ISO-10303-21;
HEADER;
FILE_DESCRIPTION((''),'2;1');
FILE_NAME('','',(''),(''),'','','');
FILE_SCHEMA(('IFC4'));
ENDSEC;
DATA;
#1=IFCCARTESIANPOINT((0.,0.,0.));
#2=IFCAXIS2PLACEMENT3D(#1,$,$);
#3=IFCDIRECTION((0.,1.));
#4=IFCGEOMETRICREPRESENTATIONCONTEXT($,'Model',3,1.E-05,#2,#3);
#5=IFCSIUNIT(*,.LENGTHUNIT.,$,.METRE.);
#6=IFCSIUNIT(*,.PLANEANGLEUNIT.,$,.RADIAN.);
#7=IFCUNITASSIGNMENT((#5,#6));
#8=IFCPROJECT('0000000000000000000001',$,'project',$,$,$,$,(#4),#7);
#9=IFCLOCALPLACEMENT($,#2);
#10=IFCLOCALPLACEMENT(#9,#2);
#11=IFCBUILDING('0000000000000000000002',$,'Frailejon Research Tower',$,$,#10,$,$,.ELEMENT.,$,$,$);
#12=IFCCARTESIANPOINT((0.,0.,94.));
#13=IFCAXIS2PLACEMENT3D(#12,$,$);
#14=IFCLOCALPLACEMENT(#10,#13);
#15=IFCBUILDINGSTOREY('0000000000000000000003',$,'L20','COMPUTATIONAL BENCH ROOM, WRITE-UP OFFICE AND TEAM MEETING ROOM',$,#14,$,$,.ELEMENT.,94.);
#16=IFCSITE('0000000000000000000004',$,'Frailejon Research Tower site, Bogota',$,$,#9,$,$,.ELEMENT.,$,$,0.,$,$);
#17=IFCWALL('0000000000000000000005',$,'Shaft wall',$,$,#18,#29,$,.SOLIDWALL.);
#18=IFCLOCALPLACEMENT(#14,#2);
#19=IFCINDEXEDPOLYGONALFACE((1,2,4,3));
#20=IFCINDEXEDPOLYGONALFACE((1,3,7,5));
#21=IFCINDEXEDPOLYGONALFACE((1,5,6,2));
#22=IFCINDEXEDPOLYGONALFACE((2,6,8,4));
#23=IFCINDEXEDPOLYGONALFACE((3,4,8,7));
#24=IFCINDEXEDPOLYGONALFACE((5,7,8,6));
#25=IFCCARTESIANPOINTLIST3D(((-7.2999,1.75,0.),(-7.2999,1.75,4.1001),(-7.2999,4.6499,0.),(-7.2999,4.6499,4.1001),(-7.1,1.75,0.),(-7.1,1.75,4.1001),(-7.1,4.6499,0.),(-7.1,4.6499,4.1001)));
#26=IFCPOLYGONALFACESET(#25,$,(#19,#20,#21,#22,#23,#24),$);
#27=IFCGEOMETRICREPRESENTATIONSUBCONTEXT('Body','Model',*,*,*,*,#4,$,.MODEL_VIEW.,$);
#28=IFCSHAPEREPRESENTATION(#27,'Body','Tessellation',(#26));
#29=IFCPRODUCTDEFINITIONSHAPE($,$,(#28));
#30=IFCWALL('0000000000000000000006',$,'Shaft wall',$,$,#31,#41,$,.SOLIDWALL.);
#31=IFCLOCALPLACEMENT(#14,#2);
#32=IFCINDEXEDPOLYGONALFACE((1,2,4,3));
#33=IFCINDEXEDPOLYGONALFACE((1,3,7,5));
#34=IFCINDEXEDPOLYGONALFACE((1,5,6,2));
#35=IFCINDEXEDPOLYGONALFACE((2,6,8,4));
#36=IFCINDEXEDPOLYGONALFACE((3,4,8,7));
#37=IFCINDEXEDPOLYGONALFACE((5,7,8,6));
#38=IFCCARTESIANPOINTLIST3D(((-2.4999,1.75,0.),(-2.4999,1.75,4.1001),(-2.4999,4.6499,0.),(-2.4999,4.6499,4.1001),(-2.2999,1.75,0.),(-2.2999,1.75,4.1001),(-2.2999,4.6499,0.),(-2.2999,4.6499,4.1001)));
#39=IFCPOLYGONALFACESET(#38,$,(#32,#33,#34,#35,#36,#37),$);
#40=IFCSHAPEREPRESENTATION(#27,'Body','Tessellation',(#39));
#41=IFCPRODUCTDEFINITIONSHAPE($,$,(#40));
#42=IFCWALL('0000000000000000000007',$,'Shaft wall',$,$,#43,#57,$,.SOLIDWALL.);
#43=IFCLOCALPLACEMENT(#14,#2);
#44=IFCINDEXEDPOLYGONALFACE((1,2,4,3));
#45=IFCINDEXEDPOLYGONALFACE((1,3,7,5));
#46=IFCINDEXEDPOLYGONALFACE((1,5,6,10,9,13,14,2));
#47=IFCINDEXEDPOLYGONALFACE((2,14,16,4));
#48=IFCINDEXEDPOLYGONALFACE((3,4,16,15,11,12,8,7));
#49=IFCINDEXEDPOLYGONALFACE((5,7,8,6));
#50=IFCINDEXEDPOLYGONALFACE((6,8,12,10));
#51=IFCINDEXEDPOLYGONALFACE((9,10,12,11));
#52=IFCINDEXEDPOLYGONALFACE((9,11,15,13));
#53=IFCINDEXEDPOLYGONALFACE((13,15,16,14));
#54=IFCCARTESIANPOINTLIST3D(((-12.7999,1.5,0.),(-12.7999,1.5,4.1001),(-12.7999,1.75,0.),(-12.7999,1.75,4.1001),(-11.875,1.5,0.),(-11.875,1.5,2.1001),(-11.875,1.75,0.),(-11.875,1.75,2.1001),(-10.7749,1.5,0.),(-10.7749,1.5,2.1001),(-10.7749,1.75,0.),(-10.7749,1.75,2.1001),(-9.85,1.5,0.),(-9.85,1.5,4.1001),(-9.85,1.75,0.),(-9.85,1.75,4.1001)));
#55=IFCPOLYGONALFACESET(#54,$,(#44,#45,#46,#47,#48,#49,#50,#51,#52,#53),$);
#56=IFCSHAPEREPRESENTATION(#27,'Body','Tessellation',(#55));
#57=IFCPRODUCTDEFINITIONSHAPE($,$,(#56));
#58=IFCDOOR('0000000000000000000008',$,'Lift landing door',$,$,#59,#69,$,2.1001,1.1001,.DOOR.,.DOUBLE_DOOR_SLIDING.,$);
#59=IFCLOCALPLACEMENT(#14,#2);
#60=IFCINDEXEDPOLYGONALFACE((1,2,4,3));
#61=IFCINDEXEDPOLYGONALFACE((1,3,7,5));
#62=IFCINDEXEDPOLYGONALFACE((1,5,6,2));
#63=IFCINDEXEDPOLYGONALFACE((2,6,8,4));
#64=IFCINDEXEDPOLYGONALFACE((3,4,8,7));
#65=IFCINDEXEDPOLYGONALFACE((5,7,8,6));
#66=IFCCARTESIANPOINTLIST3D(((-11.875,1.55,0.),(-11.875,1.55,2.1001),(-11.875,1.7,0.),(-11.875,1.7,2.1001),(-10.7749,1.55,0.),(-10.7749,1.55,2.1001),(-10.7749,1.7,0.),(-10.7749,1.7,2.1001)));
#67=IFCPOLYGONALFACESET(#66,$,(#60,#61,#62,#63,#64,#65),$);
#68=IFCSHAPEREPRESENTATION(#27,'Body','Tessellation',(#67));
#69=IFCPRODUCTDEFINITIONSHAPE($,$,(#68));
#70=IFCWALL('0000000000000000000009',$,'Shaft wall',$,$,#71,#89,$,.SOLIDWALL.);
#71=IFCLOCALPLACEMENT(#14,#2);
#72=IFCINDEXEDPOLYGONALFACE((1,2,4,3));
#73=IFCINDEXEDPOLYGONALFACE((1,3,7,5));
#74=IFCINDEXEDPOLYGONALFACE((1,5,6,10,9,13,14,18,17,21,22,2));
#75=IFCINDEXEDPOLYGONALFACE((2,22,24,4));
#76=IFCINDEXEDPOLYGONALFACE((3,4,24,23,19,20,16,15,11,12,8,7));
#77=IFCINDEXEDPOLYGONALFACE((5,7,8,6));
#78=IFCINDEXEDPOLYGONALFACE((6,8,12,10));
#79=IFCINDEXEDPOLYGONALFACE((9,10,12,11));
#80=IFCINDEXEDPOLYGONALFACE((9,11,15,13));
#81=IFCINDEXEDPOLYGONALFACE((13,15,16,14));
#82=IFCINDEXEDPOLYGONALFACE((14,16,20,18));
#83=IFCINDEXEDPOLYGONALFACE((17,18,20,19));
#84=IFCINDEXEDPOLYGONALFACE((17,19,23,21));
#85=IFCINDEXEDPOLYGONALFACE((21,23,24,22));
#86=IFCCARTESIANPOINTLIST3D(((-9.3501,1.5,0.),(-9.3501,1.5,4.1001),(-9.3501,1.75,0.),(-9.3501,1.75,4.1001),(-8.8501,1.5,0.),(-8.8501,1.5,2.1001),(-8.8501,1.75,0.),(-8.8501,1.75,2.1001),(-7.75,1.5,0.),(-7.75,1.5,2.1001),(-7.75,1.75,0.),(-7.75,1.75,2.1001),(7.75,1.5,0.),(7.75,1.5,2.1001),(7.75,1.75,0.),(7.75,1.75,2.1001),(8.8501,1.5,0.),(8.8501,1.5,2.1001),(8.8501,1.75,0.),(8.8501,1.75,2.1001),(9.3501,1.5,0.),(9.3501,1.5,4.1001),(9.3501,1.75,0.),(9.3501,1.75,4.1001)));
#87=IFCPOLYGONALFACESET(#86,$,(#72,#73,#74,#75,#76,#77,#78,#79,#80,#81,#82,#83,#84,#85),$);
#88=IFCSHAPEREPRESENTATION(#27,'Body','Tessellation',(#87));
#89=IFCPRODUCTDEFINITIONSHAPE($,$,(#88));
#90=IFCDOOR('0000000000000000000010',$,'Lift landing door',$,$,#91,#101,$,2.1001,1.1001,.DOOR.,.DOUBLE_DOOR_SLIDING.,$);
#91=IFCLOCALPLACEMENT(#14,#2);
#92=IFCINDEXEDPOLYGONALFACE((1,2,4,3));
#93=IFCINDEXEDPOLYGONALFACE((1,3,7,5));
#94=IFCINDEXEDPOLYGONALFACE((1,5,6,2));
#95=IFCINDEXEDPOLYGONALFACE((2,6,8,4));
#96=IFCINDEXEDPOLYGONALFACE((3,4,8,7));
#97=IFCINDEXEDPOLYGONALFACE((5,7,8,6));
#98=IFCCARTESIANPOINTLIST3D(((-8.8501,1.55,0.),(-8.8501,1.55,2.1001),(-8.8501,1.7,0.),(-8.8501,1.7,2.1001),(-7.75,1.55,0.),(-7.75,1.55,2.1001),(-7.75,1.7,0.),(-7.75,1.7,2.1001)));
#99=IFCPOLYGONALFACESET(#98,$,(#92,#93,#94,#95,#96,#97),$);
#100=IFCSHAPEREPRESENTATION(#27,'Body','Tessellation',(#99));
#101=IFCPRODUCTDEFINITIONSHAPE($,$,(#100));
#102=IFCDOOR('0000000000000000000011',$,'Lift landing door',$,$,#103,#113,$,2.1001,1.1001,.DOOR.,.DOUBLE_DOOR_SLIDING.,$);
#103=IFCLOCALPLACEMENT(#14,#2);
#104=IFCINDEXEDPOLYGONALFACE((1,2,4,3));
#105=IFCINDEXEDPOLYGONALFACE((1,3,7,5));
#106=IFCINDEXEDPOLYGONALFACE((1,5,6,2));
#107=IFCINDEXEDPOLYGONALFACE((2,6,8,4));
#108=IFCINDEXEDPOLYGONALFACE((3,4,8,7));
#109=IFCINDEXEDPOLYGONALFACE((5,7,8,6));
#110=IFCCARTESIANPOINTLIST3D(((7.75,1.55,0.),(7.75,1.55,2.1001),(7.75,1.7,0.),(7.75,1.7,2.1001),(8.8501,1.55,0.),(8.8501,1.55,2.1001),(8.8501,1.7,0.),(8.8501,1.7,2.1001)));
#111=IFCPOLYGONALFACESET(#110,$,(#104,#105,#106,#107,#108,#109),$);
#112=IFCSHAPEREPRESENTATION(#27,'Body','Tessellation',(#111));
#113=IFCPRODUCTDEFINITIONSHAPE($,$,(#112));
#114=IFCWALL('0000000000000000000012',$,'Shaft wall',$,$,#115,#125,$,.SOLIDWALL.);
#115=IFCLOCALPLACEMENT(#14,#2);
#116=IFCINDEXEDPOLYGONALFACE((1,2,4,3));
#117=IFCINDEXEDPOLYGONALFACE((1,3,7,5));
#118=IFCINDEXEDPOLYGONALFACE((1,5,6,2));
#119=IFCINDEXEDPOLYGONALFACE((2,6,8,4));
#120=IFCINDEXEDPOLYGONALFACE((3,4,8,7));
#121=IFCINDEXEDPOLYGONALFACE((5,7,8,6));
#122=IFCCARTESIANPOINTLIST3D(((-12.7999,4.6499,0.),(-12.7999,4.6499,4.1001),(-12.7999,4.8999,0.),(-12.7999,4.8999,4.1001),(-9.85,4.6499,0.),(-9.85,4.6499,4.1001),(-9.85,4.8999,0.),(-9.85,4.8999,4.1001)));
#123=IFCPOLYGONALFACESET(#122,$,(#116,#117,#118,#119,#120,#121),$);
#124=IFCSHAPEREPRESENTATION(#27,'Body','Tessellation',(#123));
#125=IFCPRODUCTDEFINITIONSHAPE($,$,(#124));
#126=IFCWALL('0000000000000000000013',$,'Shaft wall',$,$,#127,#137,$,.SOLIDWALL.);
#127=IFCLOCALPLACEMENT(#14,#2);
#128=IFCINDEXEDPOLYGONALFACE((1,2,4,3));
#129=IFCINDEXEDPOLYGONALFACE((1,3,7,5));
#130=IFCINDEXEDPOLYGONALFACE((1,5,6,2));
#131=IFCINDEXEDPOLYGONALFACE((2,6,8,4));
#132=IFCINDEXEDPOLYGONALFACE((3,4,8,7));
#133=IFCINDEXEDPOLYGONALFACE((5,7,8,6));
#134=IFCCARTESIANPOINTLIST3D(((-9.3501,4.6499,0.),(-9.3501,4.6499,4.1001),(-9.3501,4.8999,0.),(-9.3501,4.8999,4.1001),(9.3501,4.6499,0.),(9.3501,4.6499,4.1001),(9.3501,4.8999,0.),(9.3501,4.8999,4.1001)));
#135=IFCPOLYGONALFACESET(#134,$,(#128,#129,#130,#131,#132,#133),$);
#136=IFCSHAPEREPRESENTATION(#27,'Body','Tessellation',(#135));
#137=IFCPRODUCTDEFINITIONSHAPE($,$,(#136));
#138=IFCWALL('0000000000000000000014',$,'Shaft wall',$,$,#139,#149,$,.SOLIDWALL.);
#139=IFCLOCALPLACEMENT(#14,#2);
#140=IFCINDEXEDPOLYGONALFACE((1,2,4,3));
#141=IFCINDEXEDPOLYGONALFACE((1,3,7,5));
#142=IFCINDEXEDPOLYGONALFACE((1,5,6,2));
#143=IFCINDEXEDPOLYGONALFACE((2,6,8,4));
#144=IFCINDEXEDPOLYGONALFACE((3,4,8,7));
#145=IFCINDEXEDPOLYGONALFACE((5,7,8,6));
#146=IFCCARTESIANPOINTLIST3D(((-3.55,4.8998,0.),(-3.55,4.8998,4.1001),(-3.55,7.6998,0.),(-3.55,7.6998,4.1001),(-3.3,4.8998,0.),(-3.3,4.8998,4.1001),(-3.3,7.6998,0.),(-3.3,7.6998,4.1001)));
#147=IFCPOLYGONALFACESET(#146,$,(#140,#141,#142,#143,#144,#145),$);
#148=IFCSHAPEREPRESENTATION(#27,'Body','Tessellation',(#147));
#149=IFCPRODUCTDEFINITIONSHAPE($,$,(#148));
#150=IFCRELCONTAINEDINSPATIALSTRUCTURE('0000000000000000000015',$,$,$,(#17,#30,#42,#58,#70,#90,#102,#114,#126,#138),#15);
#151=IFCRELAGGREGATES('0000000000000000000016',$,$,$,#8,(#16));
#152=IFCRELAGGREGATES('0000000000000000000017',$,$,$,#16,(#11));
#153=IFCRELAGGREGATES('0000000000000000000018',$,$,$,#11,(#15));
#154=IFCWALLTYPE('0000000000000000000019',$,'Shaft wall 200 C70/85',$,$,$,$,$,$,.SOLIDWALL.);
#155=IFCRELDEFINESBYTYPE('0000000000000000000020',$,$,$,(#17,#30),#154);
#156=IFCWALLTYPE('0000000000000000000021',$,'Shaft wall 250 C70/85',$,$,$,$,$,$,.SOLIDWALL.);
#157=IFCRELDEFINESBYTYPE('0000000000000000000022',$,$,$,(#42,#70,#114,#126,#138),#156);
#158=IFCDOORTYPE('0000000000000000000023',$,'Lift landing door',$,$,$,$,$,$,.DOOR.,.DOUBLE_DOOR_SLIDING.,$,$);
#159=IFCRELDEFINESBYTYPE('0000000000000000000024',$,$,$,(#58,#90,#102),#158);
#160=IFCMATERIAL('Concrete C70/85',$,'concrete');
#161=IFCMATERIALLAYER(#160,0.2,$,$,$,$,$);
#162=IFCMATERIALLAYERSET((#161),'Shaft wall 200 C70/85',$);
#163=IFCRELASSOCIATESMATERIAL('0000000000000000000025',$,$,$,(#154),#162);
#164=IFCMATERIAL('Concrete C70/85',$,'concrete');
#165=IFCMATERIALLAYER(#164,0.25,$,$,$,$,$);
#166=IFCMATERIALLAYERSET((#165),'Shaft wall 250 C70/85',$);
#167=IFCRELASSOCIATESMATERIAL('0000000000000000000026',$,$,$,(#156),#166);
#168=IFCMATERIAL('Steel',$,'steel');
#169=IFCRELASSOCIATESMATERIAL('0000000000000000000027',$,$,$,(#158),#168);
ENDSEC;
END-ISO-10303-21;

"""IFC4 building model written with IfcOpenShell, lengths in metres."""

from ifc_helpers import new_model, si_unit, direction, frame, frame_2d, origin, place, context, subcontext, project, spatial, rectangle, extrude, material, layer, layer_set, type_object, element, fill, save


model = new_model("IFC4")

# Units and contexts
model_context = context("Model", 3, precision=1e-05, world=origin(), true_north=direction((0.0, 1.0)))
body_context = subcontext(model_context, "Body", "Model", "MODEL_VIEW")
ifc_project = project(units=[si_unit("LENGTHUNIT", "METRE"), si_unit("PLANEANGLEUNIT", "RADIAN")], contexts=[model_context])

# Site, building, storey
site_placement = place(None, origin())
site = spatial("IfcSite", under=ifc_project, at=site_placement, Name="Frailejon Research Tower site, Bogota", CompositionType="ELEMENT", RefElevation=0.0)
building_placement = place(site_placement, origin())
building = spatial("IfcBuilding", under=site, at=building_placement, Name="Frailejon Research Tower", CompositionType="ELEMENT")
storey_placement = place(building_placement, frame((0.0, 0.0, 94.0)))
storey = spatial("IfcBuildingStorey", under=building, at=storey_placement, Name="L20", Description="COMPUTATIONAL BENCH ROOM, WRITE-UP OFFICE AND TEAM MEETING ROOM", CompositionType="ELEMENT", Elevation=94.0)

# Walls
ifc_material_1 = material(Name="Concrete C70/85", Category="concrete")
ifc_layer_1 = layer(ifc_material_1, 0.2)
ifc_layer_set_1 = layer_set([ifc_layer_1], Name="Shaft wall 200 C70/85")
wall_type_1 = type_object("IfcWallType", Name="Shaft wall 200 C70/85", PredefinedType="SOLIDWALL", material=ifc_layer_set_1)
for number, where, z_axis, x_axis, name in (
    (1, (-7.2, 1.75, 0.0), (0.0, 0.0, 1.0), (0.0, 1.0, 0.0), "Shaft wall"),
    (2, (-2.3999, 1.75, 0.0), (0.0, 0.0, 1.0), (0.0, 1.0, 0.0), "Shaft wall"),
):
    element("IfcWall", number, at=place(storey_placement, frame(where, z_axis=z_axis, x_axis=x_axis)), inside=storey, type_object=wall_type_1, Name=name, PredefinedType="SOLIDWALL", context=body_context, shape_type="SweptSolid", body=[
        extrude(rectangle(XDim=2.8999, YDim=0.2, at=frame_2d((1.45, 0.0))), origin(), (0.0, 0.0, 1.0), 4.1001),
    ])

# Wall, opening, door
ifc_material_2 = material(Name="Concrete C70/85", Category="concrete")
ifc_layer_2 = layer(ifc_material_2, 0.25)
ifc_layer_set_2 = layer_set([ifc_layer_2], Name="Shaft wall 250 C70/85")
wall_type_2 = type_object("IfcWallType", Name="Shaft wall 250 C70/85", PredefinedType="SOLIDWALL", material=ifc_layer_set_2)
wall_1_placement = place(storey_placement, frame((-12.8, 1.625, 0.0), z_axis=(0.0, 0.0, 1.0), x_axis=(1.0, 0.0, 0.0)))
wall_1 = element("IfcWall", 3, at=wall_1_placement, inside=storey, type_object=wall_type_2, Name="Shaft wall", PredefinedType="SOLIDWALL", context=body_context, shape_type="SweptSolid", body=[
    extrude(rectangle(XDim=2.95, YDim=0.25, at=frame_2d((1.4751, 0.0))), origin(), (0.0, 0.0, 1.0), 4.1001),
])
opening_1_placement = place(wall_1_placement, frame((0.925, 0.0, 0.0)))
opening_1 = element("IfcOpeningElement", 4, at=opening_1_placement, cuts=wall_1, PredefinedType="OPENING", context=body_context, shape_type="SweptSolid", body=[
    extrude(rectangle(XDim=1.1001, YDim=2.1001, at=frame_2d((0.55, 1.05))), frame((0.0, 0.135, 0.0), z_axis=(0.0, -1.0, 0.0), x_axis=(1.0, 0.0, 0.0)), (0.0, 0.0, 1.0), 0.27),
])
ifc_material_3 = material(Name="Steel", Category="steel")
door_type = type_object("IfcDoorType", Name="Lift landing door", OperationType="DOUBLE_DOOR_SLIDING", PredefinedType="DOOR", material=ifc_material_3)
door_1_placement = place(opening_1_placement, origin())
door_1 = element("IfcDoor", 5, at=door_1_placement, inside=storey, type_object=door_type, Name="Lift landing door", OperationType="DOUBLE_DOOR_SLIDING", OverallHeight=2.1001, OverallWidth=1.1001, PredefinedType="DOOR", context=body_context, shape_type="SweptSolid", body=[
    extrude(rectangle(XDim=1.1001, YDim=2.1001, at=frame_2d((0.55, 1.05))), frame((0.0, 0.075, 0.0), z_axis=(0.0, -1.0, 0.0), x_axis=(1.0, 0.0, 0.0)), (0.0, 0.0, 1.0), 0.1499),
])
fill(opening_1, door_1)

# Wall, openings, doors
wall_2_placement = place(storey_placement, frame((-9.3501, 1.625, 0.0), z_axis=(0.0, 0.0, 1.0), x_axis=(1.0, 0.0, 0.0)))
wall_2 = element("IfcWall", 6, at=wall_2_placement, inside=storey, type_object=wall_type_2, Name="Shaft wall", PredefinedType="SOLIDWALL", context=body_context, shape_type="SweptSolid", body=[
    extrude(rectangle(XDim=18.7002, YDim=0.25, at=frame_2d((9.3501, 0.0))), origin(), (0.0, 0.0, 1.0), 4.1001),
])
opening_2_placement = place(wall_2_placement, frame((0.5, 0.0, 0.0)))
opening_2 = element("IfcOpeningElement", 7, at=opening_2_placement, cuts=wall_2, PredefinedType="OPENING", context=body_context, shape_type="SweptSolid", body=[
    extrude(rectangle(XDim=1.1001, YDim=2.1001, at=frame_2d((0.55, 1.05))), frame((0.0, 0.135, 0.0), z_axis=(0.0, -1.0, 0.0), x_axis=(1.0, 0.0, 0.0)), (0.0, 0.0, 1.0), 0.27),
])
opening_3_placement = place(wall_2_placement, frame((17.1001, 0.0, 0.0)))
opening_3 = element("IfcOpeningElement", 8, at=opening_3_placement, cuts=wall_2, PredefinedType="OPENING", context=body_context, shape_type="SweptSolid", body=[
    extrude(rectangle(XDim=1.1001, YDim=2.1001, at=frame_2d((0.55, 1.05))), frame((0.0, 0.135, 0.0), z_axis=(0.0, -1.0, 0.0), x_axis=(1.0, 0.0, 0.0)), (0.0, 0.0, 1.0), 0.27),
])
door_2_placement = place(opening_2_placement, origin())
door_2 = element("IfcDoor", 9, at=door_2_placement, inside=storey, type_object=door_type, Name="Lift landing door", OperationType="DOUBLE_DOOR_SLIDING", OverallHeight=2.1001, OverallWidth=1.1001, PredefinedType="DOOR", context=body_context, shape_type="SweptSolid", body=[
    extrude(rectangle(XDim=1.1001, YDim=2.1001, at=frame_2d((0.55, 1.05))), frame((0.0, 0.075, 0.0), z_axis=(0.0, -1.0, 0.0), x_axis=(1.0, 0.0, 0.0)), (0.0, 0.0, 1.0), 0.1499),
])
fill(opening_2, door_2)
door_3_placement = place(opening_3_placement, origin())
door_3 = element("IfcDoor", 10, at=door_3_placement, inside=storey, type_object=door_type, Name="Lift landing door", OperationType="DOUBLE_DOOR_SLIDING", OverallHeight=2.1001, OverallWidth=1.1001, PredefinedType="DOOR", context=body_context, shape_type="SweptSolid", body=[
    extrude(rectangle(XDim=1.1001, YDim=2.1001, at=frame_2d((0.55, 1.05))), frame((0.0, 0.075, 0.0), z_axis=(0.0, -1.0, 0.0), x_axis=(1.0, 0.0, 0.0)), (0.0, 0.0, 1.0), 0.1499),
])
fill(opening_3, door_3)

# Walls
wall_3_placement = place(storey_placement, frame((-12.8, 4.7749, 0.0), z_axis=(0.0, 0.0, 1.0), x_axis=(1.0, 0.0, 0.0)))
element("IfcWall", 11, at=wall_3_placement, inside=storey, type_object=wall_type_2, Name="Shaft wall", PredefinedType="SOLIDWALL", context=body_context, shape_type="SweptSolid", body=[
    extrude(rectangle(XDim=2.95, YDim=0.25, at=frame_2d((1.4751, 0.0))), origin(), (0.0, 0.0, 1.0), 4.1001),
])
wall_4_placement = place(storey_placement, frame((-9.3501, 4.7749, 0.0), z_axis=(0.0, 0.0, 1.0), x_axis=(1.0, 0.0, 0.0)))
element("IfcWall", 12, at=wall_4_placement, inside=storey, type_object=wall_type_2, Name="Shaft wall", PredefinedType="SOLIDWALL", context=body_context, shape_type="SweptSolid", body=[
    extrude(rectangle(XDim=18.7002, YDim=0.25, at=frame_2d((9.3501, 0.0))), origin(), (0.0, 0.0, 1.0), 4.1001),
])
wall_5_placement = place(storey_placement, frame((-3.425, 4.8999, 0.0), z_axis=(0.0, 0.0, 1.0), x_axis=(0.0, 1.0, 0.0)))
element("IfcWall", 13, at=wall_5_placement, inside=storey, type_object=wall_type_2, Name="Shaft wall", PredefinedType="SOLIDWALL", context=body_context, shape_type="SweptSolid", body=[
    extrude(rectangle(XDim=2.8, YDim=0.25, at=frame_2d((1.3999, 0.0))), origin(), (0.0, 0.0, 1.0), 4.1001),
])

save(model, "model.ifc")
